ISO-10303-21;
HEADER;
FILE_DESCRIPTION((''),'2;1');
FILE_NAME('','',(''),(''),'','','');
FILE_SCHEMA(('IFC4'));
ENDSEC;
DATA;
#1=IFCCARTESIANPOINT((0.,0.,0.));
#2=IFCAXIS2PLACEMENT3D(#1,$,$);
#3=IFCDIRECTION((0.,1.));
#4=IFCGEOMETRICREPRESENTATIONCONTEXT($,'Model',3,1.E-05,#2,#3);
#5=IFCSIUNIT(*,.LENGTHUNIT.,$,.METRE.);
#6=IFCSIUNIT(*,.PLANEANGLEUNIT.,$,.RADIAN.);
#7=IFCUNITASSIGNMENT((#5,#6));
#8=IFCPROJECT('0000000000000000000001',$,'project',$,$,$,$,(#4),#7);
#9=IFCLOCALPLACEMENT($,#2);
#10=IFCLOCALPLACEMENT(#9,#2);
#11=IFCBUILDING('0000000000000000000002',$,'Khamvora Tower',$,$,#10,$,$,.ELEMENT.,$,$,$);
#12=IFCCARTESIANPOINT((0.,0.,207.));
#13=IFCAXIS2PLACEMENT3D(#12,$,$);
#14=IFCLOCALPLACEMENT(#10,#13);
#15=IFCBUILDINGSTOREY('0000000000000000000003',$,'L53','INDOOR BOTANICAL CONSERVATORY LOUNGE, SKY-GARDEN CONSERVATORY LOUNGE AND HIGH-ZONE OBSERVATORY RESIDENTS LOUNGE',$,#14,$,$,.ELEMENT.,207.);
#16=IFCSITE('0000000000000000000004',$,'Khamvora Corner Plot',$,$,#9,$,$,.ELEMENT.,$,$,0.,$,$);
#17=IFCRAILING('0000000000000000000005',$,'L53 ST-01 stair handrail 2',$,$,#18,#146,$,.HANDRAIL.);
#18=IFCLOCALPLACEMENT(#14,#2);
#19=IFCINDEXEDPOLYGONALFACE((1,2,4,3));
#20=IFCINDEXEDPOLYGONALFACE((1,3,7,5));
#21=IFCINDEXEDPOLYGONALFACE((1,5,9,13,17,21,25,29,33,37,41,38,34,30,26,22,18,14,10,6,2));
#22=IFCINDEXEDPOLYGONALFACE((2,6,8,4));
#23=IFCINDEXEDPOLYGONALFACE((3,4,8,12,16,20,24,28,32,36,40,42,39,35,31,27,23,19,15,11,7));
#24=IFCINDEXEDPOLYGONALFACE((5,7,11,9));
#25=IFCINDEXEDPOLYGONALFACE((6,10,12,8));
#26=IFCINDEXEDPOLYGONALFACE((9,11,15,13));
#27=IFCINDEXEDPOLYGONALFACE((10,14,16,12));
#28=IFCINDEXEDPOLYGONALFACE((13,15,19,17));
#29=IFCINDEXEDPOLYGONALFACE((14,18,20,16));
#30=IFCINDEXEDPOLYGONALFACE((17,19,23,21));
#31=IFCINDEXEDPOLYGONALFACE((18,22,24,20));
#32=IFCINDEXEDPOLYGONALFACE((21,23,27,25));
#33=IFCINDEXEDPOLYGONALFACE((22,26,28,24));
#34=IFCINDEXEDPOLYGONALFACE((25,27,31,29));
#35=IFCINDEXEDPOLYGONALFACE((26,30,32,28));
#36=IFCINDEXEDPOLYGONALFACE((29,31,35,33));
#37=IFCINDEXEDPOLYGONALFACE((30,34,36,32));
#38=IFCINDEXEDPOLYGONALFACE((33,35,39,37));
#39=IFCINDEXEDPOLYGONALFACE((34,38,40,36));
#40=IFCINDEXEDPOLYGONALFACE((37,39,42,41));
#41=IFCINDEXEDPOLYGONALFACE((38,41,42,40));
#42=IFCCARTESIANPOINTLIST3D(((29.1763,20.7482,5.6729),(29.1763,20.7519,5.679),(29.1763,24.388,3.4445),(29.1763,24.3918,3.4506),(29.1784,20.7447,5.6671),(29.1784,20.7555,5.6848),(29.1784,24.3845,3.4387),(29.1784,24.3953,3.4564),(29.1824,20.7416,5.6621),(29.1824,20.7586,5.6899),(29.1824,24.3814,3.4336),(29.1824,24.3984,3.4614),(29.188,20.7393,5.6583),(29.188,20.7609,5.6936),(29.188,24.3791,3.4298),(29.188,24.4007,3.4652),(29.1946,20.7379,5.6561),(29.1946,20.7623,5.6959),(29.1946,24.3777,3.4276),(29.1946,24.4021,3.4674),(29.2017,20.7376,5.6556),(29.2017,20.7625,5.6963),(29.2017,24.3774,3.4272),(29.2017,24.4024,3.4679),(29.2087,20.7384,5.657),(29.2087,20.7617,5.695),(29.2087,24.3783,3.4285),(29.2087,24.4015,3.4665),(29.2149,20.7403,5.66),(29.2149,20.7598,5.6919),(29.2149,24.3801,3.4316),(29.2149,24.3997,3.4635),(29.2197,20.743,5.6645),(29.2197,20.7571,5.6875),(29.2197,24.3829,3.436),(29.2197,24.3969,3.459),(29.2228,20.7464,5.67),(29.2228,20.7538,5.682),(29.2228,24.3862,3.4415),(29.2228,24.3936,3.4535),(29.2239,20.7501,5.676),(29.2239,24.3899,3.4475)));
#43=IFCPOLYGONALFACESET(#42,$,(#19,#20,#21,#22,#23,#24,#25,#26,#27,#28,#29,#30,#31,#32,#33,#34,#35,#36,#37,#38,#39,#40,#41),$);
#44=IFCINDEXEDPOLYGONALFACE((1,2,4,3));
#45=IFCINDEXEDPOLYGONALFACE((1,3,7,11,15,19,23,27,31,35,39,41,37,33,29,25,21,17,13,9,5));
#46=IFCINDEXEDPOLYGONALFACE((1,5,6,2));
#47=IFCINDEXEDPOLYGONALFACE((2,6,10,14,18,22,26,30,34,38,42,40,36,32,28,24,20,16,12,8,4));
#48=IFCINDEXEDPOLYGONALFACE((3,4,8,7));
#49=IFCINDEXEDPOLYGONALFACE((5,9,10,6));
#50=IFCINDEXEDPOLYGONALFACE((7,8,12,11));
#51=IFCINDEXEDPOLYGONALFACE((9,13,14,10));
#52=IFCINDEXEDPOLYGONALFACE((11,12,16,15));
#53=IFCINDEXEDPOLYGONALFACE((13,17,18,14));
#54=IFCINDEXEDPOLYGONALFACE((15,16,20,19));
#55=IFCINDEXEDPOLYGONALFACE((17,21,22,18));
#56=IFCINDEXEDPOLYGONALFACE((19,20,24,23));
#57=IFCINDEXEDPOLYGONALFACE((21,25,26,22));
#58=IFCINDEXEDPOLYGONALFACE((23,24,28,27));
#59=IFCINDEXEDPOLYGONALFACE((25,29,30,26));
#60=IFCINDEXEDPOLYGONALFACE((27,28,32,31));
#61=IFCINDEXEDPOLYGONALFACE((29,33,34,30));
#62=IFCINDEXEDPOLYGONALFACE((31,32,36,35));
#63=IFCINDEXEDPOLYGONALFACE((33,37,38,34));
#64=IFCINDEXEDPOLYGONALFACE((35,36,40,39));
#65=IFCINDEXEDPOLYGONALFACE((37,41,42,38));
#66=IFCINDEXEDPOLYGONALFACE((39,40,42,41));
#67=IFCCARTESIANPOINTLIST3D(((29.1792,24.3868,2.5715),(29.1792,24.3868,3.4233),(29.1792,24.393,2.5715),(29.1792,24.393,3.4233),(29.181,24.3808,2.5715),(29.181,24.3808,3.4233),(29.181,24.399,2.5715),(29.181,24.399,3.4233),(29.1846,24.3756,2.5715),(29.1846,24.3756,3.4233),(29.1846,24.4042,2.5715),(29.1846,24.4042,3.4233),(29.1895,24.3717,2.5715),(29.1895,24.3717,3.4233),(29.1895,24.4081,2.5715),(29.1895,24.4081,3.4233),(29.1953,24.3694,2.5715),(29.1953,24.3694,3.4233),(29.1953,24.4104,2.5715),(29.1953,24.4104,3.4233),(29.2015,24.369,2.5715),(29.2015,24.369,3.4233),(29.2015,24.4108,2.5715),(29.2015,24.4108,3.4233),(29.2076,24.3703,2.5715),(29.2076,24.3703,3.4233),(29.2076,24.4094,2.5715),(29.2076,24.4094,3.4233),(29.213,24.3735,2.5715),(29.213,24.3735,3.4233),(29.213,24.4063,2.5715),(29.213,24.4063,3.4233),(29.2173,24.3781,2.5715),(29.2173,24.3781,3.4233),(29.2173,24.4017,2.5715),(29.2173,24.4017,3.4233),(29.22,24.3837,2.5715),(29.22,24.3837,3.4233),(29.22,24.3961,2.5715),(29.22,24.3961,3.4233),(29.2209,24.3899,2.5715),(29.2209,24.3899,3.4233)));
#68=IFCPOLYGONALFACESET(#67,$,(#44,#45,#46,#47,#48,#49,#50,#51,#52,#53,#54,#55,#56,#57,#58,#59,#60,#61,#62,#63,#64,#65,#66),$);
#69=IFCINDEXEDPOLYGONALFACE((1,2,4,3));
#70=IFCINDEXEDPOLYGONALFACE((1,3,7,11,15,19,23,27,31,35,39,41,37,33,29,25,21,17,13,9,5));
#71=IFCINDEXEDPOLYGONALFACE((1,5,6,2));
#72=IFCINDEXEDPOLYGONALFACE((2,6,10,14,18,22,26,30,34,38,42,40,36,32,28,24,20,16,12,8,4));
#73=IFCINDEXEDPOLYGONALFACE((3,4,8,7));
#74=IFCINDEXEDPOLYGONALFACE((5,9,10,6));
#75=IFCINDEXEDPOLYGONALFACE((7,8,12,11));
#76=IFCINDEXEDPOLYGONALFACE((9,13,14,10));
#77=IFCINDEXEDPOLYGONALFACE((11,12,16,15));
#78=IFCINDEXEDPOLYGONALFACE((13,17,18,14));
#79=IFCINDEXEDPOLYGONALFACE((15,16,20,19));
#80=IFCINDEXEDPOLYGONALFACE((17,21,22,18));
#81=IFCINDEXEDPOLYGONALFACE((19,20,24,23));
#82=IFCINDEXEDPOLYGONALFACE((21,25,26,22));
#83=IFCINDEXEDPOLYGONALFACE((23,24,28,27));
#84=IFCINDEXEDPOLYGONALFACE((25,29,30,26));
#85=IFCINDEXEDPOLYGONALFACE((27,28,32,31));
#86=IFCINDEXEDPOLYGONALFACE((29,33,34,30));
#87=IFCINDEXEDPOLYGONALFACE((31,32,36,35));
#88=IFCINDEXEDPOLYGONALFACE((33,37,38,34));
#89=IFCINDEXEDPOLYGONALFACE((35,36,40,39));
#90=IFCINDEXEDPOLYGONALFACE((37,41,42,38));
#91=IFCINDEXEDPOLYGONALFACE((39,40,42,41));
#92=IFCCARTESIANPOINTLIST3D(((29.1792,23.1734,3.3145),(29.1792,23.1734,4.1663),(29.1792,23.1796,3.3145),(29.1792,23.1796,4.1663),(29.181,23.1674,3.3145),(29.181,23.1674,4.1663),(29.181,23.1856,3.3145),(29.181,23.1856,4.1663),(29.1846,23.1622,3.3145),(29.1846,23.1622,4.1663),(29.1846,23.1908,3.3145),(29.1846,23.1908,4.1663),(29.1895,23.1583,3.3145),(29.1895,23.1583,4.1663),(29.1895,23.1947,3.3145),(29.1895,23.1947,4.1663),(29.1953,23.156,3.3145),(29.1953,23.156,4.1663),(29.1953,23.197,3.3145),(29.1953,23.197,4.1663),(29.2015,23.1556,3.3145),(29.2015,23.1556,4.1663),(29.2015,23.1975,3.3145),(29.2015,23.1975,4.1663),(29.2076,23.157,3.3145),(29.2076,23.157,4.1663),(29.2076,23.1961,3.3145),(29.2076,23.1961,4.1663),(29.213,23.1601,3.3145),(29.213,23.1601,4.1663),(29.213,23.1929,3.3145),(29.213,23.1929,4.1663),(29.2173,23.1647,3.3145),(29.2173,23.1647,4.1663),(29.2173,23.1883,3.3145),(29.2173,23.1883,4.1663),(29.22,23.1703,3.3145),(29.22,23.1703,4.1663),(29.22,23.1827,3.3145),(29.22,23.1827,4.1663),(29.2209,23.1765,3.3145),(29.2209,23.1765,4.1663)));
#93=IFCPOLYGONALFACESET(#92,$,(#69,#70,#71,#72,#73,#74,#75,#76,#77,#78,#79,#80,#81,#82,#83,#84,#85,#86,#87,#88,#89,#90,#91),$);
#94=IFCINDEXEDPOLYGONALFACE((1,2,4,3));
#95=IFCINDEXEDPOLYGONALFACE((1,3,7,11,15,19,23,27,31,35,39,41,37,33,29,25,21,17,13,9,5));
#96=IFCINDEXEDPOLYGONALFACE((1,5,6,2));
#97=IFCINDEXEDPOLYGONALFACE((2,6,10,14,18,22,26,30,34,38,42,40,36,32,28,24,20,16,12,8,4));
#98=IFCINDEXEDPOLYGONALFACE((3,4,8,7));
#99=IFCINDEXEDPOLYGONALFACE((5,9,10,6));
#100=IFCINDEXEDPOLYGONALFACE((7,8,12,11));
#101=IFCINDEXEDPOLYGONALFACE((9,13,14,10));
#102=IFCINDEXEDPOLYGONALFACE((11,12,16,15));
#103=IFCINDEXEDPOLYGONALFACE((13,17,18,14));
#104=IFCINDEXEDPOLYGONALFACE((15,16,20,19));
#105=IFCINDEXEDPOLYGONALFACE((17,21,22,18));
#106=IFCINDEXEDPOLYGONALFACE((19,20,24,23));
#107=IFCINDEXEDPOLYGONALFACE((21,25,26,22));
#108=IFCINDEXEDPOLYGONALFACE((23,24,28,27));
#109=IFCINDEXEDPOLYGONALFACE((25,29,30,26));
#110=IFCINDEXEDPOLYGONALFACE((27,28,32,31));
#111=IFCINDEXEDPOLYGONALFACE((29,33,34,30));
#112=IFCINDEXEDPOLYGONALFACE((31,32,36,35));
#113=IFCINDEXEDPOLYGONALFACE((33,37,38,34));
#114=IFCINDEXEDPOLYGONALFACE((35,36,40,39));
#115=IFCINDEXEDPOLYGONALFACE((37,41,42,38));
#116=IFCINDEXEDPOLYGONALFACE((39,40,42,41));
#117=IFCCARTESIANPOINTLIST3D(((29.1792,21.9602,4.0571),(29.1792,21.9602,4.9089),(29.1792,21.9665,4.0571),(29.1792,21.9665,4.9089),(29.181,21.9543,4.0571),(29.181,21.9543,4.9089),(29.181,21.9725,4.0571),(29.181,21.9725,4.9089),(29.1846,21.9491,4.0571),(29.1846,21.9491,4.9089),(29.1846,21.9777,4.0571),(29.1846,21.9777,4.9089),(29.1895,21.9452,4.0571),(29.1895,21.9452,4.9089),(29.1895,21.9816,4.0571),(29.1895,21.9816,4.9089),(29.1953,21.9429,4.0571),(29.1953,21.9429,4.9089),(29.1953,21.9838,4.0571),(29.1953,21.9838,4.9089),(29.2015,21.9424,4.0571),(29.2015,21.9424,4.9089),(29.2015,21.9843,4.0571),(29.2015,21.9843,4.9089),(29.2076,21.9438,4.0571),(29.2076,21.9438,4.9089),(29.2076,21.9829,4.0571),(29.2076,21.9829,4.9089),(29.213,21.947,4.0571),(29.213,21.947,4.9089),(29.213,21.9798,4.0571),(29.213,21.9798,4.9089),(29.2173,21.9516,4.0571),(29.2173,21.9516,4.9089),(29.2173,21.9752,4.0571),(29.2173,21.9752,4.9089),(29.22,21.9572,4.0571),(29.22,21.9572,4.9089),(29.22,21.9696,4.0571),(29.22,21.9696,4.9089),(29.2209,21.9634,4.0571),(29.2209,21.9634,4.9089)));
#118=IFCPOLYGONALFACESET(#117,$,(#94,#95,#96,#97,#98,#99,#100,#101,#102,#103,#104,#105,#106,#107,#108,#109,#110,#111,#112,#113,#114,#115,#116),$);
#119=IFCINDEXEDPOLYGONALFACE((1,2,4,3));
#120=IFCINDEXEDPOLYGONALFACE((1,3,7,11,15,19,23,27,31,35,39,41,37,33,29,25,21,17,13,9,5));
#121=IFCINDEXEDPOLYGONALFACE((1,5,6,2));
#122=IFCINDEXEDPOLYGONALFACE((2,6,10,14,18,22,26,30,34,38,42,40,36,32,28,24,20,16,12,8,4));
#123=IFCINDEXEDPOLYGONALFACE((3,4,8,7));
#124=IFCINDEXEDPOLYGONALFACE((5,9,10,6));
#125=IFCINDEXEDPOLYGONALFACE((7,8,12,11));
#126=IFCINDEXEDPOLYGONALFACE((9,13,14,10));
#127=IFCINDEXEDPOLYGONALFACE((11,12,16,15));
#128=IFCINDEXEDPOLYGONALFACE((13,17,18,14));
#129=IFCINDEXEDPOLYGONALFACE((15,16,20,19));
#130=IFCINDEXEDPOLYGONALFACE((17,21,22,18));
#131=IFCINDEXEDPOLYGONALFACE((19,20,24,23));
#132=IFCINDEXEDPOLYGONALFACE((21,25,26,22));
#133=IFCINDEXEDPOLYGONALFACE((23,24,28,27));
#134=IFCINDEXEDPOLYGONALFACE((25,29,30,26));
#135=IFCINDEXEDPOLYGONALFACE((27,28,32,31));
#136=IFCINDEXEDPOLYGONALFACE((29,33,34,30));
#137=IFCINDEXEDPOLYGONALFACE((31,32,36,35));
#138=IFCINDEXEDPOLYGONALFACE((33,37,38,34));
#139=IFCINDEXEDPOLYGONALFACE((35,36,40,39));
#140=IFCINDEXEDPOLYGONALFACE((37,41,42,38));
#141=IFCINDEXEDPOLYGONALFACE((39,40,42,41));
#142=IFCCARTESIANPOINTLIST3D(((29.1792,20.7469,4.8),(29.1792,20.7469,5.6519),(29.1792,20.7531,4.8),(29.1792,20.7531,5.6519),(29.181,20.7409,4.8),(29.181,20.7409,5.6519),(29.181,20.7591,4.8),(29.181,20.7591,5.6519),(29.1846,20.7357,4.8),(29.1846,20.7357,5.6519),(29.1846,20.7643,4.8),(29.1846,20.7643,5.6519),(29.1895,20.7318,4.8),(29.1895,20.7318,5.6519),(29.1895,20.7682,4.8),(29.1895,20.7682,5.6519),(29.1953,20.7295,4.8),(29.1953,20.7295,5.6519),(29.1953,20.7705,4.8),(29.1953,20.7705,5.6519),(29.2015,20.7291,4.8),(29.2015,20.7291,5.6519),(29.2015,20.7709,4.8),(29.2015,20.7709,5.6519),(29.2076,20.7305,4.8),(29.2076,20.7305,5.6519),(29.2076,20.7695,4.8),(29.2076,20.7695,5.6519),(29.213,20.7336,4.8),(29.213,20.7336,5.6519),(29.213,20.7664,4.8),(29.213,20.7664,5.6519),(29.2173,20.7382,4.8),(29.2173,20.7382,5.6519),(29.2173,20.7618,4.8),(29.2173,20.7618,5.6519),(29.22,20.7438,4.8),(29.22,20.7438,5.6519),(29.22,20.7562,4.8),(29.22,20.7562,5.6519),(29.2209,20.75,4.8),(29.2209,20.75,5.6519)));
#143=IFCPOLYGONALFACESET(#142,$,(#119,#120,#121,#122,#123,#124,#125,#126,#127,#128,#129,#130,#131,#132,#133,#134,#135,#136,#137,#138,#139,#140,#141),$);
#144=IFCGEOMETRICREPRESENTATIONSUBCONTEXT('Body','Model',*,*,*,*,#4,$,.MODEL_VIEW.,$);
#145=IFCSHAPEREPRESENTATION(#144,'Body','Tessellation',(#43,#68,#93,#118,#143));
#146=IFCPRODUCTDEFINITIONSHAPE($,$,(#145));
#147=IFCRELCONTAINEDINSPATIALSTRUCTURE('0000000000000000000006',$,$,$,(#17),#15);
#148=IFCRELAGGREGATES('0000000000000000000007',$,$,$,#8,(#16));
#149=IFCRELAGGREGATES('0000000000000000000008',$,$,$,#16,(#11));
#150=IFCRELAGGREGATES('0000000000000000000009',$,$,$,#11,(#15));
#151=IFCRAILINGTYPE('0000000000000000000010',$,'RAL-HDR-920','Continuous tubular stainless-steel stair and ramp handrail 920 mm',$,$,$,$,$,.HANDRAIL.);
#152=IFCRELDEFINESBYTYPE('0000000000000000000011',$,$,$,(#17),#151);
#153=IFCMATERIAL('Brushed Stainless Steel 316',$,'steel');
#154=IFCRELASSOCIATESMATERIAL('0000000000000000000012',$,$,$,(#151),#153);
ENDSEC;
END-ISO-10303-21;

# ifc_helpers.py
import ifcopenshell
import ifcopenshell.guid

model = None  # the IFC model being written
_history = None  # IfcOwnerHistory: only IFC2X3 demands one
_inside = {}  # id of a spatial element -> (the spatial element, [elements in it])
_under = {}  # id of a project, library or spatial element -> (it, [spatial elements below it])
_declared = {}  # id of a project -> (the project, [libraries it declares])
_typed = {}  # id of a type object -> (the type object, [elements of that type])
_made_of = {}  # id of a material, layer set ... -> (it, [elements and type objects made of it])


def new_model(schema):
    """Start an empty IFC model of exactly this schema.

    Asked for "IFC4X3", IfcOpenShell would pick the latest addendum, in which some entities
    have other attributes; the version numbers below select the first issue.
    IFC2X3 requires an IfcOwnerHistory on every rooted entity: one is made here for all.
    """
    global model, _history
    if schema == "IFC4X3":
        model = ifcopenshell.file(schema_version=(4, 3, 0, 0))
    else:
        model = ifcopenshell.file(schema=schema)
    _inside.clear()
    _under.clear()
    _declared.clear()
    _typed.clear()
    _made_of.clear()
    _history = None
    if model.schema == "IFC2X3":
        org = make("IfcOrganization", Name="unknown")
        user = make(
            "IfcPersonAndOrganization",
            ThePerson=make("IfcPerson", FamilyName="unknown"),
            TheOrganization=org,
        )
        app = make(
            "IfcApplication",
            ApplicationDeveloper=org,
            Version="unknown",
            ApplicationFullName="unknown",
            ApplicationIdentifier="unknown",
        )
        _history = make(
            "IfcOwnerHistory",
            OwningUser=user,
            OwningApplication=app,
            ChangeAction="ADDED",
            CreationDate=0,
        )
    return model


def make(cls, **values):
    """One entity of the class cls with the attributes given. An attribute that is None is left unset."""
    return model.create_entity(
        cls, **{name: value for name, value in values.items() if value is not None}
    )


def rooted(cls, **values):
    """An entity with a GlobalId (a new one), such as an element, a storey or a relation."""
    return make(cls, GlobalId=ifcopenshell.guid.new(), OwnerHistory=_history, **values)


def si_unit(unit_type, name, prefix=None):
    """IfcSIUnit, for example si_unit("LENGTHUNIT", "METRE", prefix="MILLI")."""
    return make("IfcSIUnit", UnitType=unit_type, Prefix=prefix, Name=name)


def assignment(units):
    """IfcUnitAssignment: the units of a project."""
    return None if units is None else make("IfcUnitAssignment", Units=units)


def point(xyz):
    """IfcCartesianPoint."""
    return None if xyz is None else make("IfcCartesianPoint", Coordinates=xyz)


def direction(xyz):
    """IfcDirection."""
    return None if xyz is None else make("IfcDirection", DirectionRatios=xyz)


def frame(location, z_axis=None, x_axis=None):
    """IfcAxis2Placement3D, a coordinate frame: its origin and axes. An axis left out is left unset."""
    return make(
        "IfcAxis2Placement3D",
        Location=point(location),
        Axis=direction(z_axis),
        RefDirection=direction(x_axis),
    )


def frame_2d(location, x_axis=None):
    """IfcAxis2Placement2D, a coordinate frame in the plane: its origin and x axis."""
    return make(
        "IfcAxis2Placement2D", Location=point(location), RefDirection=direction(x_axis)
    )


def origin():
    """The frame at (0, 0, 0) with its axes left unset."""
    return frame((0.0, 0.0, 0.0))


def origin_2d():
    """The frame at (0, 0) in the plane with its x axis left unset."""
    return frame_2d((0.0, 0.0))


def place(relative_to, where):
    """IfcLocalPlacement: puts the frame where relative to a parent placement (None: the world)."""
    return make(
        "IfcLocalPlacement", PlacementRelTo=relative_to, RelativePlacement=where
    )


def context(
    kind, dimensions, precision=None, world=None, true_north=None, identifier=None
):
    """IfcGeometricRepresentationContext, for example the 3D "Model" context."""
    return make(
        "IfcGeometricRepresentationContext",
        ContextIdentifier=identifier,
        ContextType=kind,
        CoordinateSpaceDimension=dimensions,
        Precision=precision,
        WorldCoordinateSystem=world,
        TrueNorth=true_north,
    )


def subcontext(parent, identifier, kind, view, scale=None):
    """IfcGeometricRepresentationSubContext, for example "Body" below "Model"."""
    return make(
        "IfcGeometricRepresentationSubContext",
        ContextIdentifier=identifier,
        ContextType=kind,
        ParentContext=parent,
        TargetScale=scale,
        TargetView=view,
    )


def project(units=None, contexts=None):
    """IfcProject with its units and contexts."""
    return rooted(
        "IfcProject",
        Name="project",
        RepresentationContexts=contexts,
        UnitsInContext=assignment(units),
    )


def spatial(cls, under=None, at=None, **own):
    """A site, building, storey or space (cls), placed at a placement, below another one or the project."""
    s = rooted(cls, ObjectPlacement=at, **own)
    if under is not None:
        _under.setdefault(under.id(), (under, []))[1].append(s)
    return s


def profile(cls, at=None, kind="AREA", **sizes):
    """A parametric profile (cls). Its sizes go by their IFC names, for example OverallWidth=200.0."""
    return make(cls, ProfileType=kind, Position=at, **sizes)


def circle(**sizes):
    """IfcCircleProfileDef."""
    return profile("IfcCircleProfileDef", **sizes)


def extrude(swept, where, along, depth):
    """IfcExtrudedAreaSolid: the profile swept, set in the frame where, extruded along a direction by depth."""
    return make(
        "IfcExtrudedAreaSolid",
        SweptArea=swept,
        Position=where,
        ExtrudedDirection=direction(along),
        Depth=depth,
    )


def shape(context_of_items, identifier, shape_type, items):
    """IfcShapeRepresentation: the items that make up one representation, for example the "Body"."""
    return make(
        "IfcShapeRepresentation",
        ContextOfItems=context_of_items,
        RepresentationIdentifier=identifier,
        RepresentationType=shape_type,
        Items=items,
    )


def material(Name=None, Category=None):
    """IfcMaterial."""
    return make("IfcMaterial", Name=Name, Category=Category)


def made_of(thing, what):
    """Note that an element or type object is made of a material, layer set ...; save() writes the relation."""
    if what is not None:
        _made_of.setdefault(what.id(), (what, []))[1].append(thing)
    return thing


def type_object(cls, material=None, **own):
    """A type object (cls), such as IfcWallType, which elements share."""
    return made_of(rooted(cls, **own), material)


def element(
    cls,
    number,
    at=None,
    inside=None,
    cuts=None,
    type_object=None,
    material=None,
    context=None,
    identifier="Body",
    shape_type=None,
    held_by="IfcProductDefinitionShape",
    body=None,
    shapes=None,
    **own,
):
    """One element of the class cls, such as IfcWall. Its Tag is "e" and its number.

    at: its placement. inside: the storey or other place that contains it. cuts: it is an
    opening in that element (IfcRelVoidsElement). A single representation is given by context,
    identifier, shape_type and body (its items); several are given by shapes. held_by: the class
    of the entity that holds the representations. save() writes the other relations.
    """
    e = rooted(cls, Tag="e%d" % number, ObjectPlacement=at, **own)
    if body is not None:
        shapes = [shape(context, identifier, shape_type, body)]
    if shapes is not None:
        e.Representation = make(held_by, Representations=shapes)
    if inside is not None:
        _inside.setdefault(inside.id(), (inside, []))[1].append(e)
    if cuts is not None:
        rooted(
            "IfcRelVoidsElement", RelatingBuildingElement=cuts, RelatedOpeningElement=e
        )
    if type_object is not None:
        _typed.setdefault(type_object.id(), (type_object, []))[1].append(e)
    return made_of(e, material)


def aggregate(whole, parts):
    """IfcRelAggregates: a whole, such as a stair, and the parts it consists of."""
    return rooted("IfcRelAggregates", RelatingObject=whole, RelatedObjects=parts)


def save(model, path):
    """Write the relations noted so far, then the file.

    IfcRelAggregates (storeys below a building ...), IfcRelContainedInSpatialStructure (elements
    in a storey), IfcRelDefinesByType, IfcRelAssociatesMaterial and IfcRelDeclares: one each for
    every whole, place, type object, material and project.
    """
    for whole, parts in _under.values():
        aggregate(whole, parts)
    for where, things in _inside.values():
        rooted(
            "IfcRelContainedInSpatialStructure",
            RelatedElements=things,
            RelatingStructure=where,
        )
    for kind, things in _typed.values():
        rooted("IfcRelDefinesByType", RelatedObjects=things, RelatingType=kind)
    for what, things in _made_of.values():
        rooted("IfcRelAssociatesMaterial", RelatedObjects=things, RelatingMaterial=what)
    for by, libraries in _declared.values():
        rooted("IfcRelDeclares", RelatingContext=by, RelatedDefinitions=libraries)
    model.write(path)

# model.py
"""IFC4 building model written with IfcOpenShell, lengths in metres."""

from ifc_helpers import new_model, si_unit, direction, frame, origin, origin_2d, place, context, subcontext, project, spatial, circle, extrude, material, type_object, element, save


model = new_model("IFC4")

# Units and contexts
model_context = context("Model", 3, precision=1e-05, world=origin(), true_north=direction((0.0, 1.0)))
body_context = subcontext(model_context, "Body", "Model", "MODEL_VIEW")
ifc_project = project(units=[si_unit("LENGTHUNIT", "METRE"), si_unit("PLANEANGLEUNIT", "RADIAN")], contexts=[model_context])

# Site, building, storey
site_placement = place(None, origin())
site = spatial("IfcSite", under=ifc_project, at=site_placement, Name="Khamvora Corner Plot", CompositionType="ELEMENT", RefElevation=0.0)
building_placement = place(site_placement, origin())
building = spatial("IfcBuilding", under=site, at=building_placement, Name="Khamvora Tower", CompositionType="ELEMENT")
storey_placement = place(building_placement, frame((0.0, 0.0, 207.0)))
storey = spatial("IfcBuildingStorey", under=building, at=storey_placement, Name="L53", Description="INDOOR BOTANICAL CONSERVATORY LOUNGE, SKY-GARDEN CONSERVATORY LOUNGE AND HIGH-ZONE OBSERVATORY RESIDENTS LOUNGE", CompositionType="ELEMENT", Elevation=207.0)

# Railing
ifc_material_1 = material(Name="Brushed Stainless Steel 316", Category="steel")
railing_type_1 = type_object("IfcRailingType", Name="RAL-HDR-920", Description="Continuous tubular stainless-steel stair and ramp handrail 920 mm", PredefinedType="HANDRAIL", material=ifc_material_1)
railing_1_placement = place(storey_placement, frame((29.2, 24.3899, 2.5715)))
element("IfcRailing", 1, at=railing_1_placement, inside=storey, type_object=railing_type_1, Name="L53 ST-01 stair handrail 2", PredefinedType="HANDRAIL", context=body_context, shape_type="SweptSolid", body=[
    extrude(circle(Radius=0.0239, at=origin_2d()), frame((0.0, 0.0, 0.876), z_axis=(0.0, -0.85285, 0.522156), x_axis=(1.0, 0.0, 0.0)), (0.0, 0.0, 1.0), 4.2678),
    extrude(circle(Radius=0.021, at=origin_2d()), origin(), (0.0, 0.0, 1.0), 0.8518),
    extrude(circle(Radius=0.021, at=origin_2d()), frame((0.0, -1.2134, 0.7429)), (0.0, 0.0, 1.0), 0.8518),
    extrude(circle(Radius=0.021, at=origin_2d()), frame((0.0, -2.4265, 1.4856)), (0.0, 0.0, 1.0), 0.8518),
    extrude(circle(Radius=0.021, at=origin_2d()), frame((0.0, -3.6399, 2.2285)), (0.0, 0.0, 1.0), 0.8518),
])

save(model, "model.ifc")
